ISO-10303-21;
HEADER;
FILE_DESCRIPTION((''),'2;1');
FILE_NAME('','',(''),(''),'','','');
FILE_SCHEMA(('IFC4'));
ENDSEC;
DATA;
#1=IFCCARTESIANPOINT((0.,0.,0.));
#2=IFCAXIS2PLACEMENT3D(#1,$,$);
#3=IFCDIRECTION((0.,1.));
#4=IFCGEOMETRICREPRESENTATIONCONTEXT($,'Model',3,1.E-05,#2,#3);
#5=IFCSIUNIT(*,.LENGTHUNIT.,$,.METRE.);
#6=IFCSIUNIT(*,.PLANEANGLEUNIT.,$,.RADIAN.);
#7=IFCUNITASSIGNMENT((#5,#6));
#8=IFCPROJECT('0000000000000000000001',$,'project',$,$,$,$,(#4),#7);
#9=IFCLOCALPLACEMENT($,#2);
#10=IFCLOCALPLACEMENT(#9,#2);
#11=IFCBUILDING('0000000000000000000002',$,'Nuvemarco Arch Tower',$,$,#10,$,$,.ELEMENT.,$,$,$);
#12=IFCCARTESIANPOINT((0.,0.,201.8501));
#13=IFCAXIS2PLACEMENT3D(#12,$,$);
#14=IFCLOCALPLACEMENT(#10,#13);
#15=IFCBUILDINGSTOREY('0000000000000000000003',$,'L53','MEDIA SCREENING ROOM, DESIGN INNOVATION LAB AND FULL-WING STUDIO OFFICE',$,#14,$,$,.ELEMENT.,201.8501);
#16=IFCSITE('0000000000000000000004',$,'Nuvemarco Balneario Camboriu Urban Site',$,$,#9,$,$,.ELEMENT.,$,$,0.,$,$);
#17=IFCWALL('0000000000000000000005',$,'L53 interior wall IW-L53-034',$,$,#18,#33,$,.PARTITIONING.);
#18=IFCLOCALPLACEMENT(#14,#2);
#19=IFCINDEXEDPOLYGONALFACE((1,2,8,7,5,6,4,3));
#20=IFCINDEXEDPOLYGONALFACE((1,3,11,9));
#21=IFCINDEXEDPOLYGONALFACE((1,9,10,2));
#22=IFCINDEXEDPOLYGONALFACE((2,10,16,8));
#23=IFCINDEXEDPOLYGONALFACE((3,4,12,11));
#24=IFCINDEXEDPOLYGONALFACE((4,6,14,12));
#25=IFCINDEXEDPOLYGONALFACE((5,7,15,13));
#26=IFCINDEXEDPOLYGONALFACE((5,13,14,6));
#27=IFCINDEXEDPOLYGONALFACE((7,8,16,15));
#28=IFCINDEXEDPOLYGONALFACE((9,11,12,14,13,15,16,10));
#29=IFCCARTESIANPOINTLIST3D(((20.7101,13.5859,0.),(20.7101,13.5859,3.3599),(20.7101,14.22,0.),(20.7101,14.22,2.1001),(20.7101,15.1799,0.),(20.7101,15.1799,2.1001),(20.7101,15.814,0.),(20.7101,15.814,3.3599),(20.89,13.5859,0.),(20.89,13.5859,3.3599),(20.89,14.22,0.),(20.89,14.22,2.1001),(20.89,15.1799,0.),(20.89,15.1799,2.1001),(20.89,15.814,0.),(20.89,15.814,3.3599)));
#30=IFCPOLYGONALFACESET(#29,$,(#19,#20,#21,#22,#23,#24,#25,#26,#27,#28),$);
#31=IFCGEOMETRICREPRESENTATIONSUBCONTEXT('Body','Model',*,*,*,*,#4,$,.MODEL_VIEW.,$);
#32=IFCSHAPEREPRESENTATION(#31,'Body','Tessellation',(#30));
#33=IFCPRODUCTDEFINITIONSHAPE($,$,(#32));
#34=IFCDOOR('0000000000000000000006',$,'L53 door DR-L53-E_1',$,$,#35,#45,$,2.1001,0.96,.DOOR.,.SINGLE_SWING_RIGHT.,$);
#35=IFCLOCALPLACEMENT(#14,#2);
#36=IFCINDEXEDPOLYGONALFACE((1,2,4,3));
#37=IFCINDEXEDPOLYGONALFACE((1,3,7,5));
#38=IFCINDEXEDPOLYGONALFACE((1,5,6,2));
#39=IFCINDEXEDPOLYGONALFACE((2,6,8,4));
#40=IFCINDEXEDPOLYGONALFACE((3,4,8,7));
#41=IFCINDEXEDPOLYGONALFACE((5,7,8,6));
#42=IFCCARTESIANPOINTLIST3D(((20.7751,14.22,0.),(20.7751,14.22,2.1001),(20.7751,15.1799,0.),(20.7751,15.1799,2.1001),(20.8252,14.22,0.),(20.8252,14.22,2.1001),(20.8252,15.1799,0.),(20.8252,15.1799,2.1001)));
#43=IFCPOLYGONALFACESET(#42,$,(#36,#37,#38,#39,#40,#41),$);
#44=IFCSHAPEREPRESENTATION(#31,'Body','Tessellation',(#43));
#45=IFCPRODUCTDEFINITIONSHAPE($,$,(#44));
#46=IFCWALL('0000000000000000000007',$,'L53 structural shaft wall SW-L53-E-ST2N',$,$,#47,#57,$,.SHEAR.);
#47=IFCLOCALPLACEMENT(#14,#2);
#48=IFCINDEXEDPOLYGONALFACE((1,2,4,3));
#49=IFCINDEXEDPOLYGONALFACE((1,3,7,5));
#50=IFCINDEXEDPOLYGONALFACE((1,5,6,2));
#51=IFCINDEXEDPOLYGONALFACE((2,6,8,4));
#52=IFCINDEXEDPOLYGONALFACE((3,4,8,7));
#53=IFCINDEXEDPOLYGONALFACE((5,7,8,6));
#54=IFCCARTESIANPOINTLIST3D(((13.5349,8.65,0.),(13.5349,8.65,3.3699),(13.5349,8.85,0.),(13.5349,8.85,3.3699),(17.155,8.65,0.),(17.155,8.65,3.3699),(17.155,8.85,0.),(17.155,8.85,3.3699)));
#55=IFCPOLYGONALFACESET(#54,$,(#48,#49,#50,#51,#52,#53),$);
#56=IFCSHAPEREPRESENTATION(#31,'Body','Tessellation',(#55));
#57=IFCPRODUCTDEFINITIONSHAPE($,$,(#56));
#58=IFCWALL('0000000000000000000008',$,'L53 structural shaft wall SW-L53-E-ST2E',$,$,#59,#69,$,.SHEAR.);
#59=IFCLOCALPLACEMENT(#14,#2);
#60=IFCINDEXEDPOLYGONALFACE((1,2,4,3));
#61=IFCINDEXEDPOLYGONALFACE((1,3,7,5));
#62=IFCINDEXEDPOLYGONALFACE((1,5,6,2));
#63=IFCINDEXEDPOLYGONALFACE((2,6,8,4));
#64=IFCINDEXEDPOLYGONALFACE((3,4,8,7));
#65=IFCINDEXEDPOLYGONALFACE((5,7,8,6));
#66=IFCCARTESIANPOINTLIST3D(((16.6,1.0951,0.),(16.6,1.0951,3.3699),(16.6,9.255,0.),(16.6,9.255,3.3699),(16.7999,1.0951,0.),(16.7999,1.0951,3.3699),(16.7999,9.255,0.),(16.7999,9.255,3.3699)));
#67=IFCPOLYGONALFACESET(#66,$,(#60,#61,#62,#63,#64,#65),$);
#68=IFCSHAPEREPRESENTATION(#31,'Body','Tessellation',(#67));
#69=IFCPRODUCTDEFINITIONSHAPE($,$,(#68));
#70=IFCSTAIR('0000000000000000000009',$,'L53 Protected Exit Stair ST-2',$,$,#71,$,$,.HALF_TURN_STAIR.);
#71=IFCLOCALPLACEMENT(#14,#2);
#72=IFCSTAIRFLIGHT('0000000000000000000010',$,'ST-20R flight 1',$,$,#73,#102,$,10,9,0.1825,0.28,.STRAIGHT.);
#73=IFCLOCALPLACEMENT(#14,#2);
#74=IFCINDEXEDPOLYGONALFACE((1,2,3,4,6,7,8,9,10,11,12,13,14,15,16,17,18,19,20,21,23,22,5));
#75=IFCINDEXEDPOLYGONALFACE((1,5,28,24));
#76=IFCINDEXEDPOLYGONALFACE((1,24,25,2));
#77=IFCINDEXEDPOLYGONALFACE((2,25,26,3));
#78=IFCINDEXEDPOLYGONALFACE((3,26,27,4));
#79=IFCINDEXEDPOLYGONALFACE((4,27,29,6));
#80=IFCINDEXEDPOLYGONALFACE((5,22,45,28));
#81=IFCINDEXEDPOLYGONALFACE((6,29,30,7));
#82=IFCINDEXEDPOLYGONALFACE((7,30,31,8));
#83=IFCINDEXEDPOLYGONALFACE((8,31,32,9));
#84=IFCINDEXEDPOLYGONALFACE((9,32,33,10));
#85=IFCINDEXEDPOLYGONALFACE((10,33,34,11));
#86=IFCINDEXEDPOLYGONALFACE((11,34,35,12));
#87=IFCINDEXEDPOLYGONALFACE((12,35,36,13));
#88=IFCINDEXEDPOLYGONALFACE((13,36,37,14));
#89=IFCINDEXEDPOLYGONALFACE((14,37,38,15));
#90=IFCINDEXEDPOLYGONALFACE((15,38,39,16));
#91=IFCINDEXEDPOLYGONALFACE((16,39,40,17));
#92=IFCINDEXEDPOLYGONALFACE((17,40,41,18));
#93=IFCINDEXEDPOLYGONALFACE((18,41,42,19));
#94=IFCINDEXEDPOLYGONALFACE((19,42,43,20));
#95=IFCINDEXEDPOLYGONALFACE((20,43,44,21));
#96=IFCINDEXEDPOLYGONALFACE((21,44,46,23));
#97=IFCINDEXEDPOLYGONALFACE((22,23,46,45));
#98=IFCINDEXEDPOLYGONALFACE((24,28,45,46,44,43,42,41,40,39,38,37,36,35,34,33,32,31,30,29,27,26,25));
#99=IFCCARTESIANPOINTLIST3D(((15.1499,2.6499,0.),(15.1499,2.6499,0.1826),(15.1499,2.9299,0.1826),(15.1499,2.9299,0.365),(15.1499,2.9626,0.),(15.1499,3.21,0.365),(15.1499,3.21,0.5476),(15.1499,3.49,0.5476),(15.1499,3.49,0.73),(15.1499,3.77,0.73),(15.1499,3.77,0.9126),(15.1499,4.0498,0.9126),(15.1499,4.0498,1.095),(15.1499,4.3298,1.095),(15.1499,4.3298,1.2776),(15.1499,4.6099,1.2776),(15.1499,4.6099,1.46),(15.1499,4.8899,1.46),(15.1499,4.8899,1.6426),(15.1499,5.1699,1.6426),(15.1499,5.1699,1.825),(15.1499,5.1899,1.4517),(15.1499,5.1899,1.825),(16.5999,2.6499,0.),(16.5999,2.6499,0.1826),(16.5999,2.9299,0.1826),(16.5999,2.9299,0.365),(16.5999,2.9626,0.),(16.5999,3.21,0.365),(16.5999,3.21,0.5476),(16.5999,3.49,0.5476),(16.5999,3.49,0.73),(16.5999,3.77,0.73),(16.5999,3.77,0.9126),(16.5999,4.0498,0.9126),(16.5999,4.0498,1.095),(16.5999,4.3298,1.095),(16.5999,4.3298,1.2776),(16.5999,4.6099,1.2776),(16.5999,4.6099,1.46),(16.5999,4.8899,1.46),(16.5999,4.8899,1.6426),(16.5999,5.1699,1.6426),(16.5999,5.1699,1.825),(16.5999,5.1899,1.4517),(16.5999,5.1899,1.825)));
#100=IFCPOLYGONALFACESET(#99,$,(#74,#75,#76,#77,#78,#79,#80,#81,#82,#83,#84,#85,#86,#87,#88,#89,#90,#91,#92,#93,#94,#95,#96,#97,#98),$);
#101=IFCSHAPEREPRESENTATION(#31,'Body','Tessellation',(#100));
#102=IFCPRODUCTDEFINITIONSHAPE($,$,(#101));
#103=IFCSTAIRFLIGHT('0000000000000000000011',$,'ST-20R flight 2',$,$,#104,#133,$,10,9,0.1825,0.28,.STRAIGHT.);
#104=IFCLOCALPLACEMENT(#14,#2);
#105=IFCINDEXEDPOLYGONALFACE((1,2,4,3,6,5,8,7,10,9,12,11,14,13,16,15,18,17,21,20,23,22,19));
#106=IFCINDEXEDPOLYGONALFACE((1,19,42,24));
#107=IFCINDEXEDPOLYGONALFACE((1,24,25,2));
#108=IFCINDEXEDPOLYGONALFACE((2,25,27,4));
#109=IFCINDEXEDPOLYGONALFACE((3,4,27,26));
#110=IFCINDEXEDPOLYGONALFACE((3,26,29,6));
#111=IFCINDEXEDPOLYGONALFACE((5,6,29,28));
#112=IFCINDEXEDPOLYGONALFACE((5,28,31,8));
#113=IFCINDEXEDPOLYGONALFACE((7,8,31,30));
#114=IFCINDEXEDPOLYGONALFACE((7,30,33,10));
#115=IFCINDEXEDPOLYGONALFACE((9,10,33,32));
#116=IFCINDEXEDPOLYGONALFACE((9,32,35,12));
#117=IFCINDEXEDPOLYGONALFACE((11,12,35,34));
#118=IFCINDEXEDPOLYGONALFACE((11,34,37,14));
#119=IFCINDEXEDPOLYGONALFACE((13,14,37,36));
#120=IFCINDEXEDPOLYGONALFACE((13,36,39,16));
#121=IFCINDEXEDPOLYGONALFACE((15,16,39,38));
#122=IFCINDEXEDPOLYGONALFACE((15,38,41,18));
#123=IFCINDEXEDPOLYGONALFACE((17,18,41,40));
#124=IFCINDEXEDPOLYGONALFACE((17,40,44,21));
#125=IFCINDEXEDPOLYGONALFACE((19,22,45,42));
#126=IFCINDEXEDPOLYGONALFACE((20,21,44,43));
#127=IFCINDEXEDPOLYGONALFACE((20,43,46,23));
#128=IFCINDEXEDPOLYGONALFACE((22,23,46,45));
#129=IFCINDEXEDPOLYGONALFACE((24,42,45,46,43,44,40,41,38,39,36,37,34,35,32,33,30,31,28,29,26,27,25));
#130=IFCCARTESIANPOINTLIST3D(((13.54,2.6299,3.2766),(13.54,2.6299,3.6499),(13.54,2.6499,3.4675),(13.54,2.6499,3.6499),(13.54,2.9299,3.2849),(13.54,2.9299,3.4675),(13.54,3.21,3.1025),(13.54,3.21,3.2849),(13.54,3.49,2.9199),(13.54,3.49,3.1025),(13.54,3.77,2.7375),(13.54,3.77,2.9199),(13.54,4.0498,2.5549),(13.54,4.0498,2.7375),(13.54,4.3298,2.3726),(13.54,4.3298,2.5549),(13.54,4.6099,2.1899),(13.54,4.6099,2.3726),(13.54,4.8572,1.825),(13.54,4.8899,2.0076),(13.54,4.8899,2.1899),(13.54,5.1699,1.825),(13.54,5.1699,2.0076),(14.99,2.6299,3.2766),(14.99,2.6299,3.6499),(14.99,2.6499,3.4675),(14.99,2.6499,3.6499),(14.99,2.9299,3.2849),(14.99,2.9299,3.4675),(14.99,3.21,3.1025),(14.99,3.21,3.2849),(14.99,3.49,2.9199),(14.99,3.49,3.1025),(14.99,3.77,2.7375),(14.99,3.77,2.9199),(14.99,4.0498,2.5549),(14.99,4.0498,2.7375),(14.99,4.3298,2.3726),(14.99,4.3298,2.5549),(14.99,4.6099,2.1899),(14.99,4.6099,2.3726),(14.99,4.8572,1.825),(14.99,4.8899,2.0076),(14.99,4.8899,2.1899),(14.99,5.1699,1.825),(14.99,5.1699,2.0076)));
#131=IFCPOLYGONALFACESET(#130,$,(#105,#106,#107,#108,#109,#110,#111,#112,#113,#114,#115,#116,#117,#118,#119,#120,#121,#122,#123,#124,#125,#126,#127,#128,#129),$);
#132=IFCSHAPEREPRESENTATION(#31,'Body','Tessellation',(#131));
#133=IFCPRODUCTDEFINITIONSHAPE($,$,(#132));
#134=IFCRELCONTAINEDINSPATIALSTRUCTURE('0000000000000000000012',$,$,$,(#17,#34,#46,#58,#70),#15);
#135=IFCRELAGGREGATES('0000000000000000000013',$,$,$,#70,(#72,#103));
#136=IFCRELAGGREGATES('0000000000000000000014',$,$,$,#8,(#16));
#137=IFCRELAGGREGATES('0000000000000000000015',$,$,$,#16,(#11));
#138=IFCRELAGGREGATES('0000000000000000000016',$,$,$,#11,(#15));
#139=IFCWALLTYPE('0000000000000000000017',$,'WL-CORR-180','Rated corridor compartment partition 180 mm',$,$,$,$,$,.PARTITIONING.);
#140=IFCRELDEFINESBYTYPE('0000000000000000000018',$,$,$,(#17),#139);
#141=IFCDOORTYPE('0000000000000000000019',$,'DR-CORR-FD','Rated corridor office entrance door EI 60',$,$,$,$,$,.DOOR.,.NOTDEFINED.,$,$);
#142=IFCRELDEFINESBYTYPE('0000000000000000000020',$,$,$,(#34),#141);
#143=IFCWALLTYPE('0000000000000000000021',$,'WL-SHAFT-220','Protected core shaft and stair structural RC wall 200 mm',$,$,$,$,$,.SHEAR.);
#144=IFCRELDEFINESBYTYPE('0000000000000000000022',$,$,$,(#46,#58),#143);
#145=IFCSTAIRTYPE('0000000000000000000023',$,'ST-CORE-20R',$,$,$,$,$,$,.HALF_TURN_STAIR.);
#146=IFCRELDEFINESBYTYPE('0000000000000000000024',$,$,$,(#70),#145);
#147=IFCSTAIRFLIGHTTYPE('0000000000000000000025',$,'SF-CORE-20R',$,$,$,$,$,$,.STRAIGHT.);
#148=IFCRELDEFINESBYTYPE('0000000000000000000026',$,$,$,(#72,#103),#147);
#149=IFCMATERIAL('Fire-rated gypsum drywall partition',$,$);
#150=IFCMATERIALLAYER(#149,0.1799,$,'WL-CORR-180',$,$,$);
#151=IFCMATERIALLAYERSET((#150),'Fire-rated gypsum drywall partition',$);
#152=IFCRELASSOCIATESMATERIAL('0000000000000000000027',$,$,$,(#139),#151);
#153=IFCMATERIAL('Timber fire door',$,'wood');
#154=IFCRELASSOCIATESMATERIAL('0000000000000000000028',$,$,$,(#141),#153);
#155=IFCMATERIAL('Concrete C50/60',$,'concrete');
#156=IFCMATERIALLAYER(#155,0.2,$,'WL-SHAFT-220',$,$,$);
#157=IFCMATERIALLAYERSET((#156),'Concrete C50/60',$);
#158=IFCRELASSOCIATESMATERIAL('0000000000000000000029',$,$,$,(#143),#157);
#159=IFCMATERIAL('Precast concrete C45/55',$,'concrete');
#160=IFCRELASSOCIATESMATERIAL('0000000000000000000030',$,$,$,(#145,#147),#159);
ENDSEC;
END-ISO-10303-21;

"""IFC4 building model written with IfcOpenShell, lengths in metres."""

from ifc_helpers import new_model, si_unit, direction, frame, frame_2d, origin, place, context, subcontext, project, spatial, polyline, rectangle, outline, extrude, source, transform, mapped, material, layer, layer_set, type_object, type_shapes, element, fill, aggregate, save


model = new_model("IFC4")

# Units and contexts
model_context = context("Model", 3, precision=1e-05, world=origin(), true_north=direction((0.0, 1.0)))
body_context = subcontext(model_context, "Body", "Model", "MODEL_VIEW")
ifc_project = project(units=[si_unit("LENGTHUNIT", "METRE"), si_unit("PLANEANGLEUNIT", "RADIAN")], contexts=[model_context])

# Site, building, storey
site_placement = place(None, origin())
site = spatial("IfcSite", under=ifc_project, at=site_placement, Name="Nuvemarco Balneario Camboriu Urban Site", CompositionType="ELEMENT", RefElevation=0.0)
building_placement = place(site_placement, origin())
building = spatial("IfcBuilding", under=site, at=building_placement, Name="Nuvemarco Arch Tower", CompositionType="ELEMENT")
storey_placement = place(building_placement, frame((0.0, 0.0, 201.8501)))
storey = spatial("IfcBuildingStorey", under=building, at=storey_placement, Name="L53", Description="MEDIA SCREENING ROOM, DESIGN INNOVATION LAB AND FULL-WING STUDIO OFFICE", CompositionType="ELEMENT", Elevation=201.8501)

# Shared definitions
ifc_material_1 = material(Name="Concrete C50/60", Category="concrete")

# Shared definitions
ifc_material_2 = material(Name="Precast concrete C45/55", Category="concrete")

# Shared definitions
ifc_material_3 = material(Name="Fire-rated gypsum drywall partition")
ifc_layer_1 = layer(ifc_material_3, 0.1799, Name="WL-CORR-180")
ifc_layer_set_1 = layer_set([ifc_layer_1], Name="Fire-rated gypsum drywall partition")
wall_type_1 = type_object("IfcWallType", Name="WL-CORR-180", Description="Rated corridor compartment partition 180 mm", PredefinedType="PARTITIONING", material=ifc_layer_set_1)

# Wall, opening, door
wall_1_placement = place(storey_placement, frame((20.8, 13.5859, 0.0), z_axis=(0.0, 0.0, 1.0), x_axis=(0.0, 1.0, 0.0)))
wall_1 = element("IfcWall", 1, at=wall_1_placement, inside=storey, type_object=wall_type_1, Name="L53 interior wall IW-L53-034", PredefinedType="PARTITIONING", context=body_context, shape_type="SweptSolid", body=[
    extrude(rectangle(XDim=2.228, YDim=0.1799, at=frame_2d((1.114, 0.0))), origin(), (0.0, 0.0, 1.0), 3.3599),
])
opening_placement = place(wall_1_placement, frame((0.634, 0.0, 0.0)))
opening = element("IfcOpeningElement", 2, at=opening_placement, cuts=wall_1, PredefinedType="OPENING", context=body_context, shape_type="SweptSolid", body=[
    extrude(rectangle(XDim=0.96, YDim=2.1001, at=frame_2d((0.48, 1.05))), frame((0.0, 0.0999, 0.0), z_axis=(0.0, -1.0, 0.0), x_axis=(1.0, 0.0, 0.0)), (0.0, 0.0, 1.0), 0.2),
])
ifc_material_4 = material(Name="Timber fire door", Category="wood")
door_type = type_object("IfcDoorType", Name="DR-CORR-FD", Description="Rated corridor office entrance door EI 60", OperationType="NOTDEFINED", PredefinedType="DOOR", material=ifc_material_4)
shared_shape_1 = source(origin(), body_context, "Body", "SweptSolid", [
    extrude(rectangle(XDim=0.96, YDim=2.1001, at=frame_2d((0.48, 1.05))), frame((0.0, 0.0249, 0.0), z_axis=(0.0, -1.0, 0.0), x_axis=(1.0, 0.0, 0.0)), (0.0, 0.0, 1.0), 0.05),
])
type_shapes(door_type, [shared_shape_1])
door_placement = place(opening_placement, origin())
door = element("IfcDoor", 3, at=door_placement, inside=storey, type_object=door_type, Name="L53 door DR-L53-E_1", OperationType="SINGLE_SWING_RIGHT", OverallHeight=2.1001, OverallWidth=0.96, PredefinedType="DOOR", context=body_context, shape_type="MappedRepresentation", body=[
    mapped(shared_shape_1, transform((0.0, 0.0, 0.0), scale=1.0)),
])
fill(opening, door)

# Walls
ifc_layer_2 = layer(ifc_material_1, 0.2, Name="WL-SHAFT-220")
ifc_layer_set_2 = layer_set([ifc_layer_2], Name="Concrete C50/60")
wall_type_2 = type_object("IfcWallType", Name="WL-SHAFT-220", Description="Protected core shaft and stair structural RC wall 200 mm", PredefinedType="SHEAR", material=ifc_layer_set_2)
wall_2_placement = place(storey_placement, frame((13.5349, 8.75, 0.0), z_axis=(0.0, 0.0, 1.0), x_axis=(1.0, 0.0, 0.0)))
element("IfcWall", 4, at=wall_2_placement, inside=storey, type_object=wall_type_2, Name="L53 structural shaft wall SW-L53-E-ST2N", PredefinedType="SHEAR", context=body_context, shape_type="SweptSolid", body=[
    extrude(rectangle(XDim=3.6201, YDim=0.2, at=frame_2d((1.8101, 0.0))), origin(), (0.0, 0.0, 1.0), 3.3699),
])
wall_3_placement = place(storey_placement, frame((16.7, 1.095, 0.0), z_axis=(0.0, 0.0, 1.0), x_axis=(0.0, 1.0, 0.0)))
element("IfcWall", 5, at=wall_3_placement, inside=storey, type_object=wall_type_2, Name="L53 structural shaft wall SW-L53-E-ST2E", PredefinedType="SHEAR", context=body_context, shape_type="SweptSolid", body=[
    extrude(rectangle(XDim=8.1599, YDim=0.2, at=frame_2d((4.0801, 0.0))), origin(), (0.0, 0.0, 1.0), 3.3699),
])

# Stair, stair flights
stair_type = type_object("IfcStairType", Name="ST-CORE-20R", PredefinedType="HALF_TURN_STAIR", material=ifc_material_2)
stair_placement = place(storey_placement, origin())
stair = element("IfcStair", 6, at=stair_placement, inside=storey, type_object=stair_type, Name="L53 Protected Exit Stair ST-2", PredefinedType="HALF_TURN_STAIR")
stair_flight_type = type_object("IfcStairFlightType", Name="SF-CORE-20R", PredefinedType="STRAIGHT", material=ifc_material_2)
stair_flight_1_placement = place(storey_placement, frame((15.875, 2.6499, 0.0), z_axis=(0.0, 0.0, 1.0), x_axis=(0.0, 1.0, 0.0)))
stair_flight_1 = element("IfcStairFlight", 7, at=stair_flight_1_placement, type_object=stair_flight_type, Name="ST-20R flight 1", NumberOfRisers=10, NumberOfTreads=9, PredefinedType="STRAIGHT", RiserHeight=0.1825, TreadLength=0.28, context=body_context, shape_type="SweptSolid", body=[
    extrude(outline(polyline([(0.0, 0.0), (0.0, 0.1826), (0.28, 0.1826), (0.28, 0.365), (0.5601, 0.365), (0.5601, 0.5476), (0.8401, 0.5476), (0.8401, 0.73), (1.1201, 0.73), (1.1201, 0.9126), (1.3999, 0.9126), (1.3999, 1.095), (1.6799, 1.095), (1.6799, 1.2776), (1.96, 1.2776), (1.96, 1.46), (2.24, 1.46), (2.24, 1.6426), (2.52, 1.6426), (2.52, 1.825), (2.54, 1.825), (2.54, 1.4517), (0.3127, 0.0), (0.0, 0.0)])), frame((0.0, 0.7251, 0.0), z_axis=(0.0, -1.0, 0.0), x_axis=(1.0, 0.0, 0.0)), (0.0, 0.0, 1.0), 1.45),
])
stair_flight_2_placement = place(storey_placement, frame((14.2649, 5.1699, 1.825), z_axis=(0.0, 0.0, 1.0), x_axis=(0.0, -1.0, 0.0)))
stair_flight_2 = element("IfcStairFlight", 8, at=stair_flight_2_placement, type_object=stair_flight_type, Name="ST-20R flight 2", NumberOfRisers=10, NumberOfTreads=9, PredefinedType="STRAIGHT", RiserHeight=0.1825, TreadLength=0.28, context=body_context, shape_type="SweptSolid", body=[
    extrude(outline(polyline([(0.0, 0.0), (0.0, 0.1826), (0.28, 0.1826), (0.28, 0.365), (0.5601, 0.365), (0.5601, 0.5476), (0.8401, 0.5476), (0.8401, 0.73), (1.1201, 0.73), (1.1201, 0.9126), (1.3999, 0.9126), (1.3999, 1.095), (1.6799, 1.095), (1.6799, 1.2776), (1.96, 1.2776), (1.96, 1.46), (2.24, 1.46), (2.24, 1.6426), (2.52, 1.6426), (2.52, 1.825), (2.54, 1.825), (2.54, 1.4517), (0.3127, 0.0), (0.0, 0.0)])), frame((0.0, 0.7251, 0.0), z_axis=(0.0, -1.0, 0.0), x_axis=(1.0, 0.0, 0.0)), (0.0, 0.0, 1.0), 1.45),
])
aggregate(stair, [stair_flight_1, stair_flight_2])

save(model, "model.ifc")
